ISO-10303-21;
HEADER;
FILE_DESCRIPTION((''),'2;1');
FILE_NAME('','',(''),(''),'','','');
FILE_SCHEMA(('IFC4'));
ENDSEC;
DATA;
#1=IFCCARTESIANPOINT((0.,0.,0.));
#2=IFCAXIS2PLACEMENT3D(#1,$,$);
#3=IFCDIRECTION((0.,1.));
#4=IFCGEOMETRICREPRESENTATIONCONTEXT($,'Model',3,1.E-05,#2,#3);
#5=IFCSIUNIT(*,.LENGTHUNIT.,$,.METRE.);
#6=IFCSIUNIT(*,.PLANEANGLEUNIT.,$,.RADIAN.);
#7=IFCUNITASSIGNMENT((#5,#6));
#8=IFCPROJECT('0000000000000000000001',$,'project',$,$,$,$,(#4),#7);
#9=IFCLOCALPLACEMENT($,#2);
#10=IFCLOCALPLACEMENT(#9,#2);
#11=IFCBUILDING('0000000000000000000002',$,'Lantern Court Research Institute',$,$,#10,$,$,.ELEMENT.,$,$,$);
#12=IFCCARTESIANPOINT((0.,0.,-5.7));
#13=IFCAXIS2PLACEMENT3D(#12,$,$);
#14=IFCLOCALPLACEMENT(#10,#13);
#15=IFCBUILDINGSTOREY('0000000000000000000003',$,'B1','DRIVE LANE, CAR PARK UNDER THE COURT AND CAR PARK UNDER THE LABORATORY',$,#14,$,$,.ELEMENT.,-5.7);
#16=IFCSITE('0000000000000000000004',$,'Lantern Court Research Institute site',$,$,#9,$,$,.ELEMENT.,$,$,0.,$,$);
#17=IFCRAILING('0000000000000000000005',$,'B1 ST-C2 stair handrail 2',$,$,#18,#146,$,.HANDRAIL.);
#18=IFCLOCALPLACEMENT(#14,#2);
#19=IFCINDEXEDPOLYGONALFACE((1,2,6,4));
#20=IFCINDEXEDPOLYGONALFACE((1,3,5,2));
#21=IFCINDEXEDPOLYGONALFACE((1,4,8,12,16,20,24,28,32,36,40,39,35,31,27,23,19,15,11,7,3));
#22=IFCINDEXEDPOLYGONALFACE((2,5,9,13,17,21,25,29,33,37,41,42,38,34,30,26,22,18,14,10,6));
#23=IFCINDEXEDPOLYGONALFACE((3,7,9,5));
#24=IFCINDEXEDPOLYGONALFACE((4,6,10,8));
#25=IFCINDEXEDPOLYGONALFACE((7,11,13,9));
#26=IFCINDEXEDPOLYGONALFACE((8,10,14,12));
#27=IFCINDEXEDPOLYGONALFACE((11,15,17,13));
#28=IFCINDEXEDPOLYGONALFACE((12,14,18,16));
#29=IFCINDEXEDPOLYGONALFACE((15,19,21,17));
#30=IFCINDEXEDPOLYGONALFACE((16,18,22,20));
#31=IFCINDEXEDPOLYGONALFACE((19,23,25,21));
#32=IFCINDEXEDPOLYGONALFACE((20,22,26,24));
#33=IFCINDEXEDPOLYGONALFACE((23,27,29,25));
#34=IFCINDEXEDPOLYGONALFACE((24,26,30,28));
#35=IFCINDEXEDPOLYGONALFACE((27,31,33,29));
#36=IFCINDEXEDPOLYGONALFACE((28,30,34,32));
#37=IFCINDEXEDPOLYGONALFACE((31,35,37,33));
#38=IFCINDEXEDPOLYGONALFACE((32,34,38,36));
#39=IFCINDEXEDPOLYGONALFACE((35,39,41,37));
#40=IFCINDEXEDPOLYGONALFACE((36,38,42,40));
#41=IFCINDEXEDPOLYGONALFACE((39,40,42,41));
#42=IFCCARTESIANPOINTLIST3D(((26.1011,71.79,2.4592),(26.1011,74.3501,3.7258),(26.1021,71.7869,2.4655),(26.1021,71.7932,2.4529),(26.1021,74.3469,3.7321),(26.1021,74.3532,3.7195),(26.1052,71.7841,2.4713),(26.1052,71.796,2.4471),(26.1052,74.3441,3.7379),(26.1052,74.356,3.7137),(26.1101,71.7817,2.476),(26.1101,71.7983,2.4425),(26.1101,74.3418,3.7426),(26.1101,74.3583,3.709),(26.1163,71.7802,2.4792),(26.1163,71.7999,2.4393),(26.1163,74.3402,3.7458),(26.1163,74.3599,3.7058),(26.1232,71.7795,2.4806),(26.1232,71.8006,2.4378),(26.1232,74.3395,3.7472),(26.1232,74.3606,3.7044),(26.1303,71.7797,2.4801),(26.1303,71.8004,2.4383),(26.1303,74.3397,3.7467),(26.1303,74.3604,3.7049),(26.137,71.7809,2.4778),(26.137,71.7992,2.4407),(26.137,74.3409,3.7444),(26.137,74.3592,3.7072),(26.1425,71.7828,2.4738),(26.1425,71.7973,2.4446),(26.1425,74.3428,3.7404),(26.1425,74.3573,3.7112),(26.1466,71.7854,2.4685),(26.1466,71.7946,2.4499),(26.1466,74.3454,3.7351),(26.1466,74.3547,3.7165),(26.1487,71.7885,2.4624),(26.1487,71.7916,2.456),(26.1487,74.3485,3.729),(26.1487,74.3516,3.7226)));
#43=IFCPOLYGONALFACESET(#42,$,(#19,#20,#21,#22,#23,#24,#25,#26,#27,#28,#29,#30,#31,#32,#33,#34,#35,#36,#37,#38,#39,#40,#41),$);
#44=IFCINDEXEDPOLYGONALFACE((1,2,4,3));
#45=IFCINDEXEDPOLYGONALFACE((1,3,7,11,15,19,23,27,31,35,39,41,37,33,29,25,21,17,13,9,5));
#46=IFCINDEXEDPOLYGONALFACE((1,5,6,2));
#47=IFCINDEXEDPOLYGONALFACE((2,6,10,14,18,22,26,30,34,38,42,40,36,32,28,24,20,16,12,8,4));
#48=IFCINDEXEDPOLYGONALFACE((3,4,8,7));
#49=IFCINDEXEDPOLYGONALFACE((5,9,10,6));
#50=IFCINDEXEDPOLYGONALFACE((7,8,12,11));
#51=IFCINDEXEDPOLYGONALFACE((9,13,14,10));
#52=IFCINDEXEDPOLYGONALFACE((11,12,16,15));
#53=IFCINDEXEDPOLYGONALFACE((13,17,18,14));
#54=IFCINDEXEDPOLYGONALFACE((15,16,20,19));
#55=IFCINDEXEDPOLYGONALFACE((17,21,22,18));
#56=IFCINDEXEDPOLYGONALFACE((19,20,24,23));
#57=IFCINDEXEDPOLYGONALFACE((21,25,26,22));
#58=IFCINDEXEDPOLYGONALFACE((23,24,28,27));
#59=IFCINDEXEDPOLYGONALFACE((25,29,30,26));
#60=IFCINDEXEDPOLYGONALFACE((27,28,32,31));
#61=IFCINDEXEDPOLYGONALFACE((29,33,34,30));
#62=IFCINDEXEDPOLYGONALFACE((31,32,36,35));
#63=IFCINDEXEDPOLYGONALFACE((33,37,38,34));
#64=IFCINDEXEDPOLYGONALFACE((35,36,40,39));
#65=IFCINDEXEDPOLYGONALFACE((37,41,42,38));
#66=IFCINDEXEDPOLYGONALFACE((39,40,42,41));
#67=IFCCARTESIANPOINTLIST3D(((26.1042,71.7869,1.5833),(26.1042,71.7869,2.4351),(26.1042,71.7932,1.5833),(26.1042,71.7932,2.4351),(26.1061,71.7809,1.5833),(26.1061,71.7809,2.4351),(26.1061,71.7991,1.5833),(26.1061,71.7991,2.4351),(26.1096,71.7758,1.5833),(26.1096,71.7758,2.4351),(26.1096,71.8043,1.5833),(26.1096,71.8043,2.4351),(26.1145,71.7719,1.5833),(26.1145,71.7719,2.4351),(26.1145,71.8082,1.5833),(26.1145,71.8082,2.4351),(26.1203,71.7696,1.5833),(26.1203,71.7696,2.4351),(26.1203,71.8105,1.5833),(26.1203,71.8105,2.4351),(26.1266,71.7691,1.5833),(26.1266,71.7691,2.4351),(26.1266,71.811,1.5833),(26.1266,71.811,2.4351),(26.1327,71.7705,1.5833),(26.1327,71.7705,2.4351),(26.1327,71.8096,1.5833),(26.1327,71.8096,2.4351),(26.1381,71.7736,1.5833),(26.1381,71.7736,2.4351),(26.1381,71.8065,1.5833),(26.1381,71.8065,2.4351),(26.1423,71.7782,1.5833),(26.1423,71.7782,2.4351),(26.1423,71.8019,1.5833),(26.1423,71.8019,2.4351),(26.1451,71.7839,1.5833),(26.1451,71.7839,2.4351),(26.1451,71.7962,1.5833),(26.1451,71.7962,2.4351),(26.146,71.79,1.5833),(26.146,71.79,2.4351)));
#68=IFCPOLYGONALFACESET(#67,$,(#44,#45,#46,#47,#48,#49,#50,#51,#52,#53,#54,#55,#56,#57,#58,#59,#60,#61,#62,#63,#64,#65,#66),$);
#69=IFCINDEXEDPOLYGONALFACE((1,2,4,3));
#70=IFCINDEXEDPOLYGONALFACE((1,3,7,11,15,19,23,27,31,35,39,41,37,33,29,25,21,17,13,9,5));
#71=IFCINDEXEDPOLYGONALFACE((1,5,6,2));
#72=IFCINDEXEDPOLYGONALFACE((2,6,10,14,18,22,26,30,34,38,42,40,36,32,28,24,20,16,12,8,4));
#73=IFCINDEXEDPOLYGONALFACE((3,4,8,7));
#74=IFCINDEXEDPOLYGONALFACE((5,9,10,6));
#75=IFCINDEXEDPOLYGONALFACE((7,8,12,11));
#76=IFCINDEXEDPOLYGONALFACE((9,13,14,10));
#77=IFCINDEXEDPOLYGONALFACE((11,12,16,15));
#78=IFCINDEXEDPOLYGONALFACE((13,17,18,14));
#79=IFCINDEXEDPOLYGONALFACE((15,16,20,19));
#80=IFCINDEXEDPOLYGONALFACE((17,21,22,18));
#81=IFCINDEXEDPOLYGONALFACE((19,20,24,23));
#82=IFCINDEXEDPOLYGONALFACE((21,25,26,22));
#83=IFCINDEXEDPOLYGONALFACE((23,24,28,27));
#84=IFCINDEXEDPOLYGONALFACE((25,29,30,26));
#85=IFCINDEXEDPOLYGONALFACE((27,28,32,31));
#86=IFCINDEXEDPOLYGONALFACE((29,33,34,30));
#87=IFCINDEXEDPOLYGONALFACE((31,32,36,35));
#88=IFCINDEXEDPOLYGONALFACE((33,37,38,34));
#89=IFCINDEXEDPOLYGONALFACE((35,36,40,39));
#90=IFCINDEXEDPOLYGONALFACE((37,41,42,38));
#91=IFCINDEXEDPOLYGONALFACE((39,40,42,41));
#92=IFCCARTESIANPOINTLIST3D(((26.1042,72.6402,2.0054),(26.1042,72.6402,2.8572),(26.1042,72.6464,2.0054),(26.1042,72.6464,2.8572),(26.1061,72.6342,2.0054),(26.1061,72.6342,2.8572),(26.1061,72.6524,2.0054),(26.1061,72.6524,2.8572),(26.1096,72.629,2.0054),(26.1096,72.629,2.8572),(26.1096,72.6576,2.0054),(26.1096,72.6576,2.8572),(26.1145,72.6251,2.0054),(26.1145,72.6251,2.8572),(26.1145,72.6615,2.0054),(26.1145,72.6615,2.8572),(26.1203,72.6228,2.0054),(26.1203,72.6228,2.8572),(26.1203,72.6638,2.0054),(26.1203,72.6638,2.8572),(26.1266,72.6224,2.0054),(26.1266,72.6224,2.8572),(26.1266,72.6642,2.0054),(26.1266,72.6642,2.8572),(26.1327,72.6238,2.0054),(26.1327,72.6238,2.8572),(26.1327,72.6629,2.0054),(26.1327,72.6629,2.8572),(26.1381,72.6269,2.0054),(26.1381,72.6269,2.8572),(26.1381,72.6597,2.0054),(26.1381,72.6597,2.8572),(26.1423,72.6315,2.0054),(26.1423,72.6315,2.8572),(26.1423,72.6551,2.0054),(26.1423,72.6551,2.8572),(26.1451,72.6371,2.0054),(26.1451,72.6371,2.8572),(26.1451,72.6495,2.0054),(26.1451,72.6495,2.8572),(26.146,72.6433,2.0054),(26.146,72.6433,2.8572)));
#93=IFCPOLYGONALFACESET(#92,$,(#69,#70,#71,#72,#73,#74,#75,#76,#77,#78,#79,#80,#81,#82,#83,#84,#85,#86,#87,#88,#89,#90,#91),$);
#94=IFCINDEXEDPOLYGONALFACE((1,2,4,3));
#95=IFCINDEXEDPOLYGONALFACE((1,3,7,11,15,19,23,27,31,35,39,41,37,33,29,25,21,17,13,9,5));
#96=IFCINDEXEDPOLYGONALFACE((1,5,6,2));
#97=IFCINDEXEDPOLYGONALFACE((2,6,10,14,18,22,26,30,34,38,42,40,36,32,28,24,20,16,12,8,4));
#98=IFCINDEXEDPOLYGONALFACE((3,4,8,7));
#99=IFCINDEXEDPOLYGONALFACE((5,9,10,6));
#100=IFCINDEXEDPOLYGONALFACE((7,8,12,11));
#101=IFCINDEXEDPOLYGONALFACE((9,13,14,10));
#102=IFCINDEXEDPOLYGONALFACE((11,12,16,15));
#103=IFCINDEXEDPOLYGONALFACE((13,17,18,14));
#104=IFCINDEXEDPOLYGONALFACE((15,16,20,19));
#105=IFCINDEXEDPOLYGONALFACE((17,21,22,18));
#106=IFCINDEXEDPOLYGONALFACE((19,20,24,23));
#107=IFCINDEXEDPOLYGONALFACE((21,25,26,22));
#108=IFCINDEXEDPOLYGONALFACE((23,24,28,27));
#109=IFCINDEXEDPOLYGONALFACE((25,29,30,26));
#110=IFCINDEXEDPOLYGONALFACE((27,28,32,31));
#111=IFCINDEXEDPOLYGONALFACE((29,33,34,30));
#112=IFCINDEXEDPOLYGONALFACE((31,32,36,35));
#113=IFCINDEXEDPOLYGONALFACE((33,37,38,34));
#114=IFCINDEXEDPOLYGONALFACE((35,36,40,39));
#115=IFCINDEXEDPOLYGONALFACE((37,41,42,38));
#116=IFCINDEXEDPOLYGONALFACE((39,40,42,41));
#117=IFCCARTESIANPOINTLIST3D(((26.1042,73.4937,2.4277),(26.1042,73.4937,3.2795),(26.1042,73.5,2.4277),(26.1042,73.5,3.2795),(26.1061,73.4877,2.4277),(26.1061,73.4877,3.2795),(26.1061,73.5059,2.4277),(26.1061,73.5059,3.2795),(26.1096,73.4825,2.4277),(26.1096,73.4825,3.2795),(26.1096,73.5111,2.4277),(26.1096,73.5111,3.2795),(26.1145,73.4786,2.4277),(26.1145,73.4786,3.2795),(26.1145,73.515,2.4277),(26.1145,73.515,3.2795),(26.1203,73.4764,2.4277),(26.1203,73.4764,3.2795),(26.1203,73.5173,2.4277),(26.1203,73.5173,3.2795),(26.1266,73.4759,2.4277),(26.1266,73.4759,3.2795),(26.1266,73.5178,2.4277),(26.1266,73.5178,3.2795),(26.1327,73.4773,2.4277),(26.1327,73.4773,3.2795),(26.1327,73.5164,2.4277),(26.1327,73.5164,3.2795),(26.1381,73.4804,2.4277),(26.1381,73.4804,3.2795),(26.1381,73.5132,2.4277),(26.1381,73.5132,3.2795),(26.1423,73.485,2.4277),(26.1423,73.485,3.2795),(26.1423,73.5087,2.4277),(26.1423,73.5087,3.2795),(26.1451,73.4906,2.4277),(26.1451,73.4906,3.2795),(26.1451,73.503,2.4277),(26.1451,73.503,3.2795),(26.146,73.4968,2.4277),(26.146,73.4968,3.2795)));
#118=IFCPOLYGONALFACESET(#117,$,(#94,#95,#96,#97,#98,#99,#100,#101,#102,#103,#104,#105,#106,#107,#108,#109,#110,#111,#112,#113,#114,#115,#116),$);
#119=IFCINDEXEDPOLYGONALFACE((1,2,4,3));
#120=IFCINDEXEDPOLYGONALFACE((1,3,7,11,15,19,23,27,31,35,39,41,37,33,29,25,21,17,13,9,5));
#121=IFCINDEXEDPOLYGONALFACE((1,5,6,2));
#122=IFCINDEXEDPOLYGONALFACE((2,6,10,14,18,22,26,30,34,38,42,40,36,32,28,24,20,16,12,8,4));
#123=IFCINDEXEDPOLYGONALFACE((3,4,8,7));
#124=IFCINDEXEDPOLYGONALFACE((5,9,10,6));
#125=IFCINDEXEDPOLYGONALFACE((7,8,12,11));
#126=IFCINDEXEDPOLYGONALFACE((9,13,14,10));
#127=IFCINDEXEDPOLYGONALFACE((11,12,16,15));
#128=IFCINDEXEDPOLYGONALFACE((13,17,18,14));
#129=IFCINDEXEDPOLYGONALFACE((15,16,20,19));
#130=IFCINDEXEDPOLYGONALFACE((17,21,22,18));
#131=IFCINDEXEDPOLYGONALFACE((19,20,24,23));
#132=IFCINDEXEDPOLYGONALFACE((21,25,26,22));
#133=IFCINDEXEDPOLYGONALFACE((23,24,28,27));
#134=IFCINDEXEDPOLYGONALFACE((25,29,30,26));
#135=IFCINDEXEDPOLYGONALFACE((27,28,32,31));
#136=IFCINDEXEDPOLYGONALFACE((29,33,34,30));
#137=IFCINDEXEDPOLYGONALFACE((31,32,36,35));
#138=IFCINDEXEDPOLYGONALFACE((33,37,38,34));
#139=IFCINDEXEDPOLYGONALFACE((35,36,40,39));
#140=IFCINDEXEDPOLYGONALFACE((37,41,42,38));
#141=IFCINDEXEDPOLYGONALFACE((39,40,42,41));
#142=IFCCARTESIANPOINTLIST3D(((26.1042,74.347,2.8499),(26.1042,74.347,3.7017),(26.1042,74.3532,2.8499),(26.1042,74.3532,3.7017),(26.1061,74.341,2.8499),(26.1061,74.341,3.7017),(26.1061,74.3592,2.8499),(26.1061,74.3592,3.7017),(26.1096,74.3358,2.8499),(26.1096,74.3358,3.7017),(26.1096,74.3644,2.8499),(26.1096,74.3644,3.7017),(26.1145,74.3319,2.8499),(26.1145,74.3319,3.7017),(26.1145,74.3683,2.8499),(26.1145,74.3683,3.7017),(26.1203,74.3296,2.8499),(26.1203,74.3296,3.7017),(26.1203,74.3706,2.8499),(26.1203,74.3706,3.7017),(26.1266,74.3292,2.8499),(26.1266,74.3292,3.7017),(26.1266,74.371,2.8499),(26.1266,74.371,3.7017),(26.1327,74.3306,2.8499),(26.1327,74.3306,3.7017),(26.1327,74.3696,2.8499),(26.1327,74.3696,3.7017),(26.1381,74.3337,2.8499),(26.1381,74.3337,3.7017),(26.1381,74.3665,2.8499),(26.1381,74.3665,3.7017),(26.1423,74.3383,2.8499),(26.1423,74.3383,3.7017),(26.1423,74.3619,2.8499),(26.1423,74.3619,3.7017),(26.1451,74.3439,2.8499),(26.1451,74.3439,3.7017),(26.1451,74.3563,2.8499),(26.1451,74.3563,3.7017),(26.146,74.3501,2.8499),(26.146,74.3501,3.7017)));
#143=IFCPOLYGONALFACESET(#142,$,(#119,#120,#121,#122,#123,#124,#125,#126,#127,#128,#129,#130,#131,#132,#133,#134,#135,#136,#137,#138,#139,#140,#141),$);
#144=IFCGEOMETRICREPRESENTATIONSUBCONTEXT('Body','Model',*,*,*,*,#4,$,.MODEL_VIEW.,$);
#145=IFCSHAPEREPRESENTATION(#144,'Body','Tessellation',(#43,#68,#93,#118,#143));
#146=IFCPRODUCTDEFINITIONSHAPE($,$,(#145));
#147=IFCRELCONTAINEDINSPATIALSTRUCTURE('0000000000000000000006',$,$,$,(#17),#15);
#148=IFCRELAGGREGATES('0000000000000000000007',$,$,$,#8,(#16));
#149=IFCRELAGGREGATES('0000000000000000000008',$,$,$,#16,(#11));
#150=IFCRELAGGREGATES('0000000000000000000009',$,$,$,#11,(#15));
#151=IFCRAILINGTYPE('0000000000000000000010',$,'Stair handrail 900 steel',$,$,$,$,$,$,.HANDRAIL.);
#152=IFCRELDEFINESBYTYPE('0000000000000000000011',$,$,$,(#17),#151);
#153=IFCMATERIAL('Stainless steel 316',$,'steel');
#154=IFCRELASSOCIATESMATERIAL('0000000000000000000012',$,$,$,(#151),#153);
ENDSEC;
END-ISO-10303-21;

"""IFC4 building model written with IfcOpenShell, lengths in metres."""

from ifc_helpers import new_model, si_unit, direction, frame, origin, origin_2d, place, context, subcontext, project, spatial, circle, extrude, material, type_object, element, save


model = new_model("IFC4")

# Units and contexts
model_context = context("Model", 3, precision=1e-05, world=origin(), true_north=direction((0.0, 1.0)))
body_context = subcontext(model_context, "Body", "Model", "MODEL_VIEW")
ifc_project = project(units=[si_unit("LENGTHUNIT", "METRE"), si_unit("PLANEANGLEUNIT", "RADIAN")], contexts=[model_context])

# Site, building, storey
site_placement = place(None, origin())
site = spatial("IfcSite", under=ifc_project, at=site_placement, Name="Lantern Court Research Institute site", CompositionType="ELEMENT", RefElevation=0.0)
building_placement = place(site_placement, origin())
building = spatial("IfcBuilding", under=site, at=building_placement, Name="Lantern Court Research Institute", CompositionType="ELEMENT")
storey_placement = place(building_placement, frame((0.0, 0.0, -5.7)))
storey = spatial("IfcBuildingStorey", under=building, at=storey_placement, Name="B1", Description="DRIVE LANE, CAR PARK UNDER THE COURT AND CAR PARK UNDER THE LABORATORY", CompositionType="ELEMENT", Elevation=-5.7)

# Railing
ifc_material_1 = material(Name="Stainless steel 316", Category="steel")
railing_type_1 = type_object("IfcRailingType", Name="Stair handrail 900 steel", PredefinedType="HANDRAIL", material=ifc_material_1)
railing_1_placement = place(storey_placement, frame((26.125, 71.79, 1.5833)))
element("IfcRailing", 1, at=railing_1_placement, inside=storey, type_object=railing_type_1, Name="B1 ST-C2 stair handrail 2", PredefinedType="HANDRAIL", context=body_context, shape_type="SweptSolid", body=[
    extrude(circle(Radius=0.0239, at=origin_2d()), frame((0.0, 0.0, 0.876), z_axis=(0.0, 0.8963, 0.443449), x_axis=(-1.0, 0.0, 0.0)), (0.0, 0.0, 1.0), 2.8562),
    extrude(circle(Radius=0.021, at=origin_2d()), origin(), (0.0, 0.0, 1.0), 0.8518),
    extrude(circle(Radius=0.021, at=origin_2d()), frame((0.0, 0.8533, 0.4221)), (0.0, 0.0, 1.0), 0.8518),
    extrude(circle(Radius=0.021, at=origin_2d()), frame((0.0, 1.7068, 0.8445)), (0.0, 0.0, 1.0), 0.8518),
    extrude(circle(Radius=0.021, at=origin_2d()), frame((0.0, 2.5601, 1.2666)), (0.0, 0.0, 1.0), 0.8518),
])

save(model, "model.ifc")
